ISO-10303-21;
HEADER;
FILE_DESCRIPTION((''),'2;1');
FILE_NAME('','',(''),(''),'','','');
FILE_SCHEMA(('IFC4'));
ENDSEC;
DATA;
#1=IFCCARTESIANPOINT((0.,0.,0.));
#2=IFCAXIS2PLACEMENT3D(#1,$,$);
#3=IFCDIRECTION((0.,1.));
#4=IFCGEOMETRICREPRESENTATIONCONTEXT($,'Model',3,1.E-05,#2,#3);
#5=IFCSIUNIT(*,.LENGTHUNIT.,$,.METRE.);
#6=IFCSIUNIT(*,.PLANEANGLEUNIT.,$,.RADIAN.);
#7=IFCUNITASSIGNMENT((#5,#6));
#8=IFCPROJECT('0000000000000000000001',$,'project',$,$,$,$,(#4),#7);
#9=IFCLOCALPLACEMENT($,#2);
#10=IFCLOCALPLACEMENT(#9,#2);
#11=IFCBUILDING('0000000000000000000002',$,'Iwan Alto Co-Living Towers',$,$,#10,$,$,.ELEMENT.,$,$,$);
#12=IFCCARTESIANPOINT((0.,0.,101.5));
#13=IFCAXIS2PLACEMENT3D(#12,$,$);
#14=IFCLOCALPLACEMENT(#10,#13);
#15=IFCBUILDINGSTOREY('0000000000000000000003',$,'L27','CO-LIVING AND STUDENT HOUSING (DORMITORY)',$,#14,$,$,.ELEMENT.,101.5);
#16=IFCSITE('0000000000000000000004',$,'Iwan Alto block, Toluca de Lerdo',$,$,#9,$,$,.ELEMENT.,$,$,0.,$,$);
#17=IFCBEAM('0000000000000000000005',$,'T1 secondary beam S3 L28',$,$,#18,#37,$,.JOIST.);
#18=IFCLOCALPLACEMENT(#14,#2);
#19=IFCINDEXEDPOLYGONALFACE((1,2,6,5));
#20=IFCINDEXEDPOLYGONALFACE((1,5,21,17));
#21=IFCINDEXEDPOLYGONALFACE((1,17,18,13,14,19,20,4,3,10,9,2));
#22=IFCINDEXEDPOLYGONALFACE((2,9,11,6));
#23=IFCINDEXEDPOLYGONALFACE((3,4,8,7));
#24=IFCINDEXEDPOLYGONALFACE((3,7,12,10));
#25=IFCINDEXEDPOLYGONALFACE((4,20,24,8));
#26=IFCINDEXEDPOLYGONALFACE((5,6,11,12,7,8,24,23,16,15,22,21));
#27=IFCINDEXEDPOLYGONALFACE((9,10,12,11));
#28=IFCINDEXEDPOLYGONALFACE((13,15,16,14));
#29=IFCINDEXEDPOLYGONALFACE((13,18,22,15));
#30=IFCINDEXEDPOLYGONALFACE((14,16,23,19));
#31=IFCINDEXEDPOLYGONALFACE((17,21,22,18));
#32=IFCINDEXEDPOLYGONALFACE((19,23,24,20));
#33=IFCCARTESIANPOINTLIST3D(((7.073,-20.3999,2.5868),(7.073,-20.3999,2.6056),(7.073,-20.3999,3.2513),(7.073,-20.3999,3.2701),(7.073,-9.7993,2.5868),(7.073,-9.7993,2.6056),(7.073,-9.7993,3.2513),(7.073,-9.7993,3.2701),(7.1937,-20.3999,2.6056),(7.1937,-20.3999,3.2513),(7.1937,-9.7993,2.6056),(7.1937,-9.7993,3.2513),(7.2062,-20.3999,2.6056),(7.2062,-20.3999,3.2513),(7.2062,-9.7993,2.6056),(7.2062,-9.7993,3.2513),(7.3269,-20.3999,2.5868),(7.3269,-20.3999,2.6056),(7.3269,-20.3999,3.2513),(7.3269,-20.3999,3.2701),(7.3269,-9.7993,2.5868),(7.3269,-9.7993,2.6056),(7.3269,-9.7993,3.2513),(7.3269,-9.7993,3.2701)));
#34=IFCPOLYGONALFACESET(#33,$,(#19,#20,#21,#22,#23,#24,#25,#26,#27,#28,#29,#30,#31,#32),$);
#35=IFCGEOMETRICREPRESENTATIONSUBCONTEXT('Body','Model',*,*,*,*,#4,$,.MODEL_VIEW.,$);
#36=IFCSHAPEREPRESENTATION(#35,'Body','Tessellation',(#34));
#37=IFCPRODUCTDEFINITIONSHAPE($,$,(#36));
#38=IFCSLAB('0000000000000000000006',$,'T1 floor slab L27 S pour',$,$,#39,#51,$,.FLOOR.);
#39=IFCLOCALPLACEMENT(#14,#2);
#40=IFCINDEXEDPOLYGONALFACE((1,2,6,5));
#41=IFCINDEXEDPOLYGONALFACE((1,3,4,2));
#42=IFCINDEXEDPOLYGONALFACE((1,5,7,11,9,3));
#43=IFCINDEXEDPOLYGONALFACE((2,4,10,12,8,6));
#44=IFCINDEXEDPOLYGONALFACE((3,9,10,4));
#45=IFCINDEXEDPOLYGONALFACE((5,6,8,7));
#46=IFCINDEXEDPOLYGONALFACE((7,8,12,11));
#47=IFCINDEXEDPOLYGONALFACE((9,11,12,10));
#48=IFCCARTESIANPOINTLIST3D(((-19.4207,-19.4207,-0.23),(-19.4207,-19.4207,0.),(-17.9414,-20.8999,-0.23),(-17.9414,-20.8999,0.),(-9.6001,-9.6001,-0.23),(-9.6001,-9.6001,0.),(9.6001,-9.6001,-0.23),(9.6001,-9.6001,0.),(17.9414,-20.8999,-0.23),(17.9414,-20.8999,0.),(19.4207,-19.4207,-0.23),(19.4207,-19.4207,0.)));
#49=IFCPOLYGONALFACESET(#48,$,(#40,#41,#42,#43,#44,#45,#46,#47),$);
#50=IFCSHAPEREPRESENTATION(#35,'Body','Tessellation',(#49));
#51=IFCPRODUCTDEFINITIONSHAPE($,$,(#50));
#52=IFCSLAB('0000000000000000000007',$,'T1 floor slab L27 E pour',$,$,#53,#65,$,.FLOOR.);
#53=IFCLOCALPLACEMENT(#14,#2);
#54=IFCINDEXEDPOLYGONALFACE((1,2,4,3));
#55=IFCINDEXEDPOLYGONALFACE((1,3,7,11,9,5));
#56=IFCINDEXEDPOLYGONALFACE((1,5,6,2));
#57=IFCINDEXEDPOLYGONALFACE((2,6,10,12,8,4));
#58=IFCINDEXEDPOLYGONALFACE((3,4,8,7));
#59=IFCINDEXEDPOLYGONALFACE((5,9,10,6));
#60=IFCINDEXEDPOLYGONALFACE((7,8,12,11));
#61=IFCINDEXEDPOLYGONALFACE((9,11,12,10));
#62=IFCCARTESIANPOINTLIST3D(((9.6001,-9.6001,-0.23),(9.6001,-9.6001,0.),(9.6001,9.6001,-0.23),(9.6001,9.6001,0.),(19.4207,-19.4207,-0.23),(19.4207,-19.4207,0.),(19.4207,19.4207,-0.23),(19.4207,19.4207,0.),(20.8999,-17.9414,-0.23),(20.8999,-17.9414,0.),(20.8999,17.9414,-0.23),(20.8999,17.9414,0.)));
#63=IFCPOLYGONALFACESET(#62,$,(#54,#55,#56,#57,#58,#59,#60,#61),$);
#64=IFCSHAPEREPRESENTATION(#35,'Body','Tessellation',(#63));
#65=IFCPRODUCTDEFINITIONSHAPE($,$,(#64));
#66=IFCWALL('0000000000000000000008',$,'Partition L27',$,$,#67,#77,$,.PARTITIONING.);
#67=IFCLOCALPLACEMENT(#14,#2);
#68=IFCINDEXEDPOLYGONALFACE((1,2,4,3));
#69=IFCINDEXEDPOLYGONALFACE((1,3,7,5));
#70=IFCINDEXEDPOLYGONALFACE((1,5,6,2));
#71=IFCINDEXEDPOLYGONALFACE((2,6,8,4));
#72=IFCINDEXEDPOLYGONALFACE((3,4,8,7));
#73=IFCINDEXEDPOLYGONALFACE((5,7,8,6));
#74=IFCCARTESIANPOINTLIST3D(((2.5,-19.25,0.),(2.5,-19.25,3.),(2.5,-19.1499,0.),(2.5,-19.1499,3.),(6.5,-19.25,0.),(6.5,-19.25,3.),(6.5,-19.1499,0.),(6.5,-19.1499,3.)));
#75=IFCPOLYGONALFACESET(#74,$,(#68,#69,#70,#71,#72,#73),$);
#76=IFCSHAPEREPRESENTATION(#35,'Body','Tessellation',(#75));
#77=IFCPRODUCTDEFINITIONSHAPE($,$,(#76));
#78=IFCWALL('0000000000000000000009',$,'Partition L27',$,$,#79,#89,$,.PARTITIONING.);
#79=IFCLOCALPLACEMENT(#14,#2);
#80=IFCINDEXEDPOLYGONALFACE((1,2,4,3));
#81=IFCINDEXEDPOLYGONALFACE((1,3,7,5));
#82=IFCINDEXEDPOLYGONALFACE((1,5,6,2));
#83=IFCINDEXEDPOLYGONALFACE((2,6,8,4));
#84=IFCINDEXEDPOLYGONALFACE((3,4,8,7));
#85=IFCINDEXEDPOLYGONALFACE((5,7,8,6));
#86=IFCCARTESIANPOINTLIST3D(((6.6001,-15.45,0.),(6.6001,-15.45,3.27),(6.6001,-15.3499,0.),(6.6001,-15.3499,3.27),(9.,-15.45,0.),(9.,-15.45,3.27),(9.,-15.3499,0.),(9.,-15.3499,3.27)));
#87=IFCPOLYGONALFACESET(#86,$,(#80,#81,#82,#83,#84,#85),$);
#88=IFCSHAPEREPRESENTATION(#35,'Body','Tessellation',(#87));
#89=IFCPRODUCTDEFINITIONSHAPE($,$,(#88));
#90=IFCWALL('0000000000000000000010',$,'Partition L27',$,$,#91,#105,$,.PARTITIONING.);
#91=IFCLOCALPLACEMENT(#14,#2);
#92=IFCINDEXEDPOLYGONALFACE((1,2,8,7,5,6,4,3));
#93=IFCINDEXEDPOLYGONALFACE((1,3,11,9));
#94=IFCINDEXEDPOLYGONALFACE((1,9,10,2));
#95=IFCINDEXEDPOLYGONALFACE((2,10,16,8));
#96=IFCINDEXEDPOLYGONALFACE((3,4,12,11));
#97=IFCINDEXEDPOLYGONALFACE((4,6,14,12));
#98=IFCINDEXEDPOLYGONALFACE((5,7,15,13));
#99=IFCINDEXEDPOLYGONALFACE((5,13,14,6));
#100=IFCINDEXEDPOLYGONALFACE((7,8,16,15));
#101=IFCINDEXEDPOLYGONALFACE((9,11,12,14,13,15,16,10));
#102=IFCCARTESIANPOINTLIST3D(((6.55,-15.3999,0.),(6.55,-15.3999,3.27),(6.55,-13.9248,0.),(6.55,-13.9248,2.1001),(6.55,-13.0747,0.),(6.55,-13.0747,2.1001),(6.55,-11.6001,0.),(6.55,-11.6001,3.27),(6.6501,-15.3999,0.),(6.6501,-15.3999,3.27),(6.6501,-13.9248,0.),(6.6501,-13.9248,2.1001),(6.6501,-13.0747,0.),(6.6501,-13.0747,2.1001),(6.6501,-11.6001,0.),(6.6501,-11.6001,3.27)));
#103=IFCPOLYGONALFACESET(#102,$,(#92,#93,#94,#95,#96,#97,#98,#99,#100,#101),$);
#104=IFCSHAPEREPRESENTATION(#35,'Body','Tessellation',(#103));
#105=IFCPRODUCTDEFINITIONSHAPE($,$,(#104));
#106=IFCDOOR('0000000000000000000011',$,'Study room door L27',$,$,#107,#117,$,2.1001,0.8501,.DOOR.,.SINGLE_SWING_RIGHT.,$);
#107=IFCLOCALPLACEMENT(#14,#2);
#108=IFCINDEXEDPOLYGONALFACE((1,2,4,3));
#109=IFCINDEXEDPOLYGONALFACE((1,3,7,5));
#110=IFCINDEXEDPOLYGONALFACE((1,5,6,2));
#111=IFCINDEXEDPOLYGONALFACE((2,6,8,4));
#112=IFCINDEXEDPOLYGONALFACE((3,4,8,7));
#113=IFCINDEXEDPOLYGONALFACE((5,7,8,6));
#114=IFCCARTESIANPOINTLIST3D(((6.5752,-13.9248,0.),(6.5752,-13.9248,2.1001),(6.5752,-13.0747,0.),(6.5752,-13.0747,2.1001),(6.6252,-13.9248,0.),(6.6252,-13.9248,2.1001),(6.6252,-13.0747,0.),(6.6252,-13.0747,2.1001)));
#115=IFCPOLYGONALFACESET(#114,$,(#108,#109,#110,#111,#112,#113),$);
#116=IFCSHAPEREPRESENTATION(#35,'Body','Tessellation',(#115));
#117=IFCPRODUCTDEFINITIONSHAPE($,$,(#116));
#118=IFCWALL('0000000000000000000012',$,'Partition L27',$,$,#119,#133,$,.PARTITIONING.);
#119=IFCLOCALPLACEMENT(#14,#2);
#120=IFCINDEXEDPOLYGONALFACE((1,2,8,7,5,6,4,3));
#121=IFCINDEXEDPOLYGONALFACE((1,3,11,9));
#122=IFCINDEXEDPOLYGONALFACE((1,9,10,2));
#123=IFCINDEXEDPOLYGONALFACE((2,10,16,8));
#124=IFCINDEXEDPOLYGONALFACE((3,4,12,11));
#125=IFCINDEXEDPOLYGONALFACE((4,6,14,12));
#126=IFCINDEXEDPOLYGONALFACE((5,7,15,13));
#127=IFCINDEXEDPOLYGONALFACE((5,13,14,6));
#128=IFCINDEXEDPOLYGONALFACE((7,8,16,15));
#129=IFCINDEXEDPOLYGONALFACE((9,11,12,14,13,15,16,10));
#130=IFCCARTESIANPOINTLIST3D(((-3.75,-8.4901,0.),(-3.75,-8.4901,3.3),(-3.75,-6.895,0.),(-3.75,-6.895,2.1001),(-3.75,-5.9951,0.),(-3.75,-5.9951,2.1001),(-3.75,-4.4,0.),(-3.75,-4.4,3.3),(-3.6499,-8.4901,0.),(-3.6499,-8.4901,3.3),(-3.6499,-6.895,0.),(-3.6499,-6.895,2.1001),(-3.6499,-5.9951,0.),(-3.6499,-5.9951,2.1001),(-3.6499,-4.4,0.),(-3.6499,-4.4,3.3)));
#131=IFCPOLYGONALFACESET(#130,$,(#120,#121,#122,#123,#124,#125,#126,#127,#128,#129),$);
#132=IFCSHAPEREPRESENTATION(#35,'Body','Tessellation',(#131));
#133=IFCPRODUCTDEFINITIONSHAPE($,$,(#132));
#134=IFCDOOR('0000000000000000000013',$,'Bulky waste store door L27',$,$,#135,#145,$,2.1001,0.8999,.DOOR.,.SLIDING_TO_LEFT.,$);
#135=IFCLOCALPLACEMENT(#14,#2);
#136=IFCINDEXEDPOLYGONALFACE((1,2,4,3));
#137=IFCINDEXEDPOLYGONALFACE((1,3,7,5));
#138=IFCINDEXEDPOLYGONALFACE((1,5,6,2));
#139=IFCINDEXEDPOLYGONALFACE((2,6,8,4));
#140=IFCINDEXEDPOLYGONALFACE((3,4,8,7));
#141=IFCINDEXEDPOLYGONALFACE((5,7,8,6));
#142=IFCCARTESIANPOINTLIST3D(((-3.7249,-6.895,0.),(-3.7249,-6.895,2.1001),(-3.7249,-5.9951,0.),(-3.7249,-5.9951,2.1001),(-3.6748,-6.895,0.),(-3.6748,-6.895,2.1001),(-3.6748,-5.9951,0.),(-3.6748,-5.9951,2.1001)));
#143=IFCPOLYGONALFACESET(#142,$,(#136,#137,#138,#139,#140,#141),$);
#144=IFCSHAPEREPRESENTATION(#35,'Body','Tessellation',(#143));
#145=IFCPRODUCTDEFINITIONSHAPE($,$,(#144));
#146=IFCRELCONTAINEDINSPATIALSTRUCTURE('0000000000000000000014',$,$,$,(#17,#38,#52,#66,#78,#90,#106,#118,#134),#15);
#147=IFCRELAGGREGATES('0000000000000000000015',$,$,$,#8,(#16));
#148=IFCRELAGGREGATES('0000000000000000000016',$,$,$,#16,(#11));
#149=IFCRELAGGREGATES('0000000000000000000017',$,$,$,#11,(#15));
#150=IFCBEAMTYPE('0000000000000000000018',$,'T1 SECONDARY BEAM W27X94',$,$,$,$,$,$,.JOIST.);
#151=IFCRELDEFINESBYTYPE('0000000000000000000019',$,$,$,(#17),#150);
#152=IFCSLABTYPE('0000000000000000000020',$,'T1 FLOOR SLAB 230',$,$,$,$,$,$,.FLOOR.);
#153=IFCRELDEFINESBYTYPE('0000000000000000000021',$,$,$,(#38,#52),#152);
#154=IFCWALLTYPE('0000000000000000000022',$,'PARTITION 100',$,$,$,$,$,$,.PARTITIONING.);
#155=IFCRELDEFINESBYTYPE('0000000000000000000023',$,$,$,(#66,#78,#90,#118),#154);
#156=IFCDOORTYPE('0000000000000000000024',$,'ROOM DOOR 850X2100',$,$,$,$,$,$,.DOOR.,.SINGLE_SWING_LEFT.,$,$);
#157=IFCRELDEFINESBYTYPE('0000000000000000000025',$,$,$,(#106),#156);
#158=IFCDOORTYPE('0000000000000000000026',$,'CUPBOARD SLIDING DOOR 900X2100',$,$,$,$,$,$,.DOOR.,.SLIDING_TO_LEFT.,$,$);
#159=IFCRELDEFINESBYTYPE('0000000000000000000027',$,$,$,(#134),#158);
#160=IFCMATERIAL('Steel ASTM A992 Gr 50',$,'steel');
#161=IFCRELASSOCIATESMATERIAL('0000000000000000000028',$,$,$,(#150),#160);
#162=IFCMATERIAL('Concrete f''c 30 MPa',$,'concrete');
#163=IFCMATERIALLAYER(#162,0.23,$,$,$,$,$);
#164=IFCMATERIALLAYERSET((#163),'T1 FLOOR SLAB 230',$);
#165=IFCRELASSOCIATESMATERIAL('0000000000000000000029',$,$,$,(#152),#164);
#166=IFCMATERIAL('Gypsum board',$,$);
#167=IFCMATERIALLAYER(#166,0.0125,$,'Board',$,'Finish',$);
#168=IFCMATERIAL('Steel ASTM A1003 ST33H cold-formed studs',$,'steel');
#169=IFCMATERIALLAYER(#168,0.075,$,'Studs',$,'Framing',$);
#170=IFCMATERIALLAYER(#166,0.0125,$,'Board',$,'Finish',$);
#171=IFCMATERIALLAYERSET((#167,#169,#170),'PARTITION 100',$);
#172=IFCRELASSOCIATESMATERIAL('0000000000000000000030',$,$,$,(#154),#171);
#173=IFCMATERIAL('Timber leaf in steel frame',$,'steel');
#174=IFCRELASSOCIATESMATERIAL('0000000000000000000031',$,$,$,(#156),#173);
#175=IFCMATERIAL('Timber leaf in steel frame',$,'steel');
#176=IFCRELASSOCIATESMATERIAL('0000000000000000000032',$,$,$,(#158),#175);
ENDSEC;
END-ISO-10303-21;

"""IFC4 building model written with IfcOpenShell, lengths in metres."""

from ifc_helpers import new_model, si_unit, direction, frame, frame_2d, origin, origin_2d, place, context, subcontext, project, spatial, polyline, rectangle, i_section, outline, extrude, material, layer, layer_set, material_profile, profile_set, type_object, element, fill, save


model = new_model("IFC4")

# Units and contexts
model_context = context("Model", 3, precision=1e-05, world=origin(), true_north=direction((0.0, 1.0)))
body_context = subcontext(model_context, "Body", "Model", "MODEL_VIEW")
ifc_project = project(units=[si_unit("LENGTHUNIT", "METRE"), si_unit("PLANEANGLEUNIT", "RADIAN")], contexts=[model_context])

# Site, building, storey
site_placement = place(None, origin())
site = spatial("IfcSite", under=ifc_project, at=site_placement, Name="Iwan Alto block, Toluca de Lerdo", CompositionType="ELEMENT", RefElevation=0.0)
building_placement = place(site_placement, origin())
building = spatial("IfcBuilding", under=site, at=building_placement, Name="Iwan Alto Co-Living Towers", CompositionType="ELEMENT")
storey_placement = place(building_placement, frame((0.0, 0.0, 101.5)))
storey = spatial("IfcBuildingStorey", under=building, at=storey_placement, Name="L27", Description="CO-LIVING AND STUDENT HOUSING (DORMITORY)", CompositionType="ELEMENT", Elevation=101.5)

# Beam
ifc_material_1 = material(Name="Steel ASTM A992 Gr 50", Category="steel")
ifc_material_profile = material_profile(ifc_material_1, i_section(OverallWidth=0.2539, OverallDepth=0.6833, WebThickness=0.0125, FlangeThickness=0.0188, at=origin_2d()), Name="W27X94")
ifc_profile_set = profile_set([ifc_material_profile], Name="Steel ASTM A992 Gr 50")
beam_type = type_object("IfcBeamType", Name="T1 SECONDARY BEAM W27X94", PredefinedType="JOIST", material=ifc_profile_set)
beam_placement = place(storey_placement, frame((7.2, -20.3999, 2.9285), z_axis=(0.0, 1.0, 0.0), x_axis=(-1.0, 0.0, 0.0)))
element("IfcBeam", 1, at=beam_placement, inside=storey, type_object=beam_type, Name="T1 secondary beam S3 L28", PredefinedType="JOIST", context=body_context, shape_type="SweptSolid", body=[
    extrude(i_section(OverallWidth=0.2539, OverallDepth=0.6833, WebThickness=0.0125, FlangeThickness=0.0188, at=origin_2d()), origin(), (0.0, 0.0, 1.0), 10.6006),
])

# Slabs
ifc_material_2 = material(Name="Concrete f'c 30 MPa", Category="concrete")
ifc_layer_1 = layer(ifc_material_2, 0.23)
ifc_layer_set_1 = layer_set([ifc_layer_1], Name="T1 FLOOR SLAB 230")
slab_type = type_object("IfcSlabType", Name="T1 FLOOR SLAB 230", PredefinedType="FLOOR", material=ifc_layer_set_1)
slab_1_placement = place(storey_placement, frame((0.0, 0.0, -0.23)))
element("IfcSlab", 2, at=slab_1_placement, inside=storey, type_object=slab_type, Name="T1 floor slab L27 S pour", PredefinedType="FLOOR", context=body_context, shape_type="SweptSolid", body=[
    extrude(outline(polyline([(17.9414, -20.8999), (-17.9414, -20.8999), (-19.4207, -19.4207), (-9.6001, -9.6001), (9.6001, -9.6001), (19.4207, -19.4207), (17.9414, -20.8999)])), origin(), (0.0, 0.0, 1.0), 0.23),
])
slab_2_placement = place(storey_placement, frame((0.0, 0.0, -0.23)))
element("IfcSlab", 3, at=slab_2_placement, inside=storey, type_object=slab_type, Name="T1 floor slab L27 E pour", PredefinedType="FLOOR", context=body_context, shape_type="SweptSolid", body=[
    extrude(outline(polyline([(20.8999, 17.9414), (20.8999, -17.9414), (19.4207, -19.4207), (9.6001, -9.6001), (9.6001, 9.6001), (19.4207, 19.4207), (20.8999, 17.9414)])), origin(), (0.0, 0.0, 1.0), 0.23),
])

# Walls
ifc_material_3 = material(Name="Gypsum board")
ifc_layer_2 = layer(ifc_material_3, 0.0125, Name="Board", Category="Finish")
ifc_material_4 = material(Name="Steel ASTM A1003 ST33H cold-formed studs", Category="steel")
ifc_layer_3 = layer(ifc_material_4, 0.075, Name="Studs", Category="Framing")
ifc_layer_4 = layer(ifc_material_3, 0.0125, Name="Board", Category="Finish")
ifc_layer_set_2 = layer_set([ifc_layer_2, ifc_layer_3, ifc_layer_4], Name="PARTITION 100")
wall_type_1 = type_object("IfcWallType", Name="PARTITION 100", PredefinedType="PARTITIONING", material=ifc_layer_set_2)
wall_1_placement = place(storey_placement, frame((2.5, -19.2, 0.0), z_axis=(0.0, 0.0, 1.0), x_axis=(1.0, 0.0, 0.0)))
element("IfcWall", 4, at=wall_1_placement, inside=storey, type_object=wall_type_1, Name="Partition L27", PredefinedType="PARTITIONING", context=body_context, shape_type="SweptSolid", body=[
    extrude(rectangle(XDim=4.0, YDim=0.1001, at=frame_2d((2.0, 0.0))), origin(), (0.0, 0.0, 1.0), 3.0),
])
wall_2_placement = place(storey_placement, frame((6.6001, -15.3999, 0.0), z_axis=(0.0, 0.0, 1.0), x_axis=(1.0, 0.0, 0.0)))
element("IfcWall", 5, at=wall_2_placement, inside=storey, type_object=wall_type_1, Name="Partition L27", PredefinedType="PARTITIONING", context=body_context, shape_type="SweptSolid", body=[
    extrude(rectangle(XDim=2.3999, YDim=0.1001, at=frame_2d((1.2, 0.0))), origin(), (0.0, 0.0, 1.0), 3.27),
])

# Walls, openings, doors
wall_3_placement = place(storey_placement, frame((6.6001, -15.3999, 0.0), z_axis=(0.0, 0.0, 1.0), x_axis=(0.0, 1.0, 0.0)))
wall_3 = element("IfcWall", 6, at=wall_3_placement, inside=storey, type_object=wall_type_1, Name="Partition L27", PredefinedType="PARTITIONING", context=body_context, shape_type="SweptSolid", body=[
    extrude(rectangle(XDim=3.7998, YDim=0.1001, at=frame_2d((1.8999, 0.0))), origin(), (0.0, 0.0, 1.0), 3.27),
])
opening_1_placement = place(wall_3_placement, frame((1.4751, 0.0, 0.0)))
opening_1 = element("IfcOpeningElement", 7, at=opening_1_placement, cuts=wall_3, PredefinedType="OPENING", context=body_context, shape_type="SweptSolid", body=[
    extrude(rectangle(XDim=0.8501, YDim=2.1001, at=frame_2d((0.425, 1.05))), frame((0.0, 0.0601, 0.0), z_axis=(0.0, -1.0, 0.0), x_axis=(1.0, 0.0, 0.0)), (0.0, 0.0, 1.0), 0.1201),
])
ifc_material_5 = material(Name="Timber leaf in steel frame", Category="steel")
door_type_1 = type_object("IfcDoorType", Name="ROOM DOOR 850X2100", OperationType="SINGLE_SWING_LEFT", PredefinedType="DOOR", material=ifc_material_5)
door_1_placement = place(opening_1_placement, origin())
door_1 = element("IfcDoor", 8, at=door_1_placement, inside=storey, type_object=door_type_1, Name="Study room door L27", OperationType="SINGLE_SWING_RIGHT", OverallHeight=2.1001, OverallWidth=0.8501, PredefinedType="DOOR", context=body_context, shape_type="SweptSolid", body=[
    extrude(rectangle(XDim=0.8501, YDim=2.1001, at=frame_2d((0.425, 1.05))), frame((0.0, 0.0249, 0.0), z_axis=(0.0, -1.0, 0.0), x_axis=(1.0, 0.0, 0.0)), (0.0, 0.0, 1.0), 0.05),
])
fill(opening_1, door_1)
wall_4_placement = place(storey_placement, frame((-3.7, -8.49, 0.0), z_axis=(0.0, 0.0, 1.0), x_axis=(0.0, 1.0, 0.0)))
wall_4 = element("IfcWall", 9, at=wall_4_placement, inside=storey, type_object=wall_type_1, Name="Partition L27", PredefinedType="PARTITIONING", context=body_context, shape_type="SweptSolid", body=[
    extrude(rectangle(XDim=4.0901, YDim=0.1001, at=frame_2d((2.0449, 0.0))), origin(), (0.0, 0.0, 1.0), 3.3),
])
opening_2_placement = place(wall_4_placement, frame((1.595, 0.0, 0.0)))
opening_2 = element("IfcOpeningElement", 10, at=opening_2_placement, cuts=wall_4, PredefinedType="OPENING", context=body_context, shape_type="SweptSolid", body=[
    extrude(rectangle(XDim=0.8999, YDim=2.1001, at=frame_2d((0.45, 1.05))), frame((0.0, 0.0601, 0.0), z_axis=(0.0, -1.0, 0.0), x_axis=(1.0, 0.0, 0.0)), (0.0, 0.0, 1.0), 0.1201),
])
ifc_material_6 = material(Name="Timber leaf in steel frame", Category="steel")
door_type_2 = type_object("IfcDoorType", Name="CUPBOARD SLIDING DOOR 900X2100", OperationType="SLIDING_TO_LEFT", PredefinedType="DOOR", material=ifc_material_6)
door_2_placement = place(opening_2_placement, origin())
door_2 = element("IfcDoor", 11, at=door_2_placement, inside=storey, type_object=door_type_2, Name="Bulky waste store door L27", OperationType="SLIDING_TO_LEFT", OverallHeight=2.1001, OverallWidth=0.8999, PredefinedType="DOOR", context=body_context, shape_type="SweptSolid", body=[
    extrude(rectangle(XDim=0.8999, YDim=2.1001, at=frame_2d((0.45, 1.05))), frame((0.0, 0.0249, 0.0), z_axis=(0.0, -1.0, 0.0), x_axis=(1.0, 0.0, 0.0)), (0.0, 0.0, 1.0), 0.05),
])
fill(opening_2, door_2)

save(model, "model.ifc")
